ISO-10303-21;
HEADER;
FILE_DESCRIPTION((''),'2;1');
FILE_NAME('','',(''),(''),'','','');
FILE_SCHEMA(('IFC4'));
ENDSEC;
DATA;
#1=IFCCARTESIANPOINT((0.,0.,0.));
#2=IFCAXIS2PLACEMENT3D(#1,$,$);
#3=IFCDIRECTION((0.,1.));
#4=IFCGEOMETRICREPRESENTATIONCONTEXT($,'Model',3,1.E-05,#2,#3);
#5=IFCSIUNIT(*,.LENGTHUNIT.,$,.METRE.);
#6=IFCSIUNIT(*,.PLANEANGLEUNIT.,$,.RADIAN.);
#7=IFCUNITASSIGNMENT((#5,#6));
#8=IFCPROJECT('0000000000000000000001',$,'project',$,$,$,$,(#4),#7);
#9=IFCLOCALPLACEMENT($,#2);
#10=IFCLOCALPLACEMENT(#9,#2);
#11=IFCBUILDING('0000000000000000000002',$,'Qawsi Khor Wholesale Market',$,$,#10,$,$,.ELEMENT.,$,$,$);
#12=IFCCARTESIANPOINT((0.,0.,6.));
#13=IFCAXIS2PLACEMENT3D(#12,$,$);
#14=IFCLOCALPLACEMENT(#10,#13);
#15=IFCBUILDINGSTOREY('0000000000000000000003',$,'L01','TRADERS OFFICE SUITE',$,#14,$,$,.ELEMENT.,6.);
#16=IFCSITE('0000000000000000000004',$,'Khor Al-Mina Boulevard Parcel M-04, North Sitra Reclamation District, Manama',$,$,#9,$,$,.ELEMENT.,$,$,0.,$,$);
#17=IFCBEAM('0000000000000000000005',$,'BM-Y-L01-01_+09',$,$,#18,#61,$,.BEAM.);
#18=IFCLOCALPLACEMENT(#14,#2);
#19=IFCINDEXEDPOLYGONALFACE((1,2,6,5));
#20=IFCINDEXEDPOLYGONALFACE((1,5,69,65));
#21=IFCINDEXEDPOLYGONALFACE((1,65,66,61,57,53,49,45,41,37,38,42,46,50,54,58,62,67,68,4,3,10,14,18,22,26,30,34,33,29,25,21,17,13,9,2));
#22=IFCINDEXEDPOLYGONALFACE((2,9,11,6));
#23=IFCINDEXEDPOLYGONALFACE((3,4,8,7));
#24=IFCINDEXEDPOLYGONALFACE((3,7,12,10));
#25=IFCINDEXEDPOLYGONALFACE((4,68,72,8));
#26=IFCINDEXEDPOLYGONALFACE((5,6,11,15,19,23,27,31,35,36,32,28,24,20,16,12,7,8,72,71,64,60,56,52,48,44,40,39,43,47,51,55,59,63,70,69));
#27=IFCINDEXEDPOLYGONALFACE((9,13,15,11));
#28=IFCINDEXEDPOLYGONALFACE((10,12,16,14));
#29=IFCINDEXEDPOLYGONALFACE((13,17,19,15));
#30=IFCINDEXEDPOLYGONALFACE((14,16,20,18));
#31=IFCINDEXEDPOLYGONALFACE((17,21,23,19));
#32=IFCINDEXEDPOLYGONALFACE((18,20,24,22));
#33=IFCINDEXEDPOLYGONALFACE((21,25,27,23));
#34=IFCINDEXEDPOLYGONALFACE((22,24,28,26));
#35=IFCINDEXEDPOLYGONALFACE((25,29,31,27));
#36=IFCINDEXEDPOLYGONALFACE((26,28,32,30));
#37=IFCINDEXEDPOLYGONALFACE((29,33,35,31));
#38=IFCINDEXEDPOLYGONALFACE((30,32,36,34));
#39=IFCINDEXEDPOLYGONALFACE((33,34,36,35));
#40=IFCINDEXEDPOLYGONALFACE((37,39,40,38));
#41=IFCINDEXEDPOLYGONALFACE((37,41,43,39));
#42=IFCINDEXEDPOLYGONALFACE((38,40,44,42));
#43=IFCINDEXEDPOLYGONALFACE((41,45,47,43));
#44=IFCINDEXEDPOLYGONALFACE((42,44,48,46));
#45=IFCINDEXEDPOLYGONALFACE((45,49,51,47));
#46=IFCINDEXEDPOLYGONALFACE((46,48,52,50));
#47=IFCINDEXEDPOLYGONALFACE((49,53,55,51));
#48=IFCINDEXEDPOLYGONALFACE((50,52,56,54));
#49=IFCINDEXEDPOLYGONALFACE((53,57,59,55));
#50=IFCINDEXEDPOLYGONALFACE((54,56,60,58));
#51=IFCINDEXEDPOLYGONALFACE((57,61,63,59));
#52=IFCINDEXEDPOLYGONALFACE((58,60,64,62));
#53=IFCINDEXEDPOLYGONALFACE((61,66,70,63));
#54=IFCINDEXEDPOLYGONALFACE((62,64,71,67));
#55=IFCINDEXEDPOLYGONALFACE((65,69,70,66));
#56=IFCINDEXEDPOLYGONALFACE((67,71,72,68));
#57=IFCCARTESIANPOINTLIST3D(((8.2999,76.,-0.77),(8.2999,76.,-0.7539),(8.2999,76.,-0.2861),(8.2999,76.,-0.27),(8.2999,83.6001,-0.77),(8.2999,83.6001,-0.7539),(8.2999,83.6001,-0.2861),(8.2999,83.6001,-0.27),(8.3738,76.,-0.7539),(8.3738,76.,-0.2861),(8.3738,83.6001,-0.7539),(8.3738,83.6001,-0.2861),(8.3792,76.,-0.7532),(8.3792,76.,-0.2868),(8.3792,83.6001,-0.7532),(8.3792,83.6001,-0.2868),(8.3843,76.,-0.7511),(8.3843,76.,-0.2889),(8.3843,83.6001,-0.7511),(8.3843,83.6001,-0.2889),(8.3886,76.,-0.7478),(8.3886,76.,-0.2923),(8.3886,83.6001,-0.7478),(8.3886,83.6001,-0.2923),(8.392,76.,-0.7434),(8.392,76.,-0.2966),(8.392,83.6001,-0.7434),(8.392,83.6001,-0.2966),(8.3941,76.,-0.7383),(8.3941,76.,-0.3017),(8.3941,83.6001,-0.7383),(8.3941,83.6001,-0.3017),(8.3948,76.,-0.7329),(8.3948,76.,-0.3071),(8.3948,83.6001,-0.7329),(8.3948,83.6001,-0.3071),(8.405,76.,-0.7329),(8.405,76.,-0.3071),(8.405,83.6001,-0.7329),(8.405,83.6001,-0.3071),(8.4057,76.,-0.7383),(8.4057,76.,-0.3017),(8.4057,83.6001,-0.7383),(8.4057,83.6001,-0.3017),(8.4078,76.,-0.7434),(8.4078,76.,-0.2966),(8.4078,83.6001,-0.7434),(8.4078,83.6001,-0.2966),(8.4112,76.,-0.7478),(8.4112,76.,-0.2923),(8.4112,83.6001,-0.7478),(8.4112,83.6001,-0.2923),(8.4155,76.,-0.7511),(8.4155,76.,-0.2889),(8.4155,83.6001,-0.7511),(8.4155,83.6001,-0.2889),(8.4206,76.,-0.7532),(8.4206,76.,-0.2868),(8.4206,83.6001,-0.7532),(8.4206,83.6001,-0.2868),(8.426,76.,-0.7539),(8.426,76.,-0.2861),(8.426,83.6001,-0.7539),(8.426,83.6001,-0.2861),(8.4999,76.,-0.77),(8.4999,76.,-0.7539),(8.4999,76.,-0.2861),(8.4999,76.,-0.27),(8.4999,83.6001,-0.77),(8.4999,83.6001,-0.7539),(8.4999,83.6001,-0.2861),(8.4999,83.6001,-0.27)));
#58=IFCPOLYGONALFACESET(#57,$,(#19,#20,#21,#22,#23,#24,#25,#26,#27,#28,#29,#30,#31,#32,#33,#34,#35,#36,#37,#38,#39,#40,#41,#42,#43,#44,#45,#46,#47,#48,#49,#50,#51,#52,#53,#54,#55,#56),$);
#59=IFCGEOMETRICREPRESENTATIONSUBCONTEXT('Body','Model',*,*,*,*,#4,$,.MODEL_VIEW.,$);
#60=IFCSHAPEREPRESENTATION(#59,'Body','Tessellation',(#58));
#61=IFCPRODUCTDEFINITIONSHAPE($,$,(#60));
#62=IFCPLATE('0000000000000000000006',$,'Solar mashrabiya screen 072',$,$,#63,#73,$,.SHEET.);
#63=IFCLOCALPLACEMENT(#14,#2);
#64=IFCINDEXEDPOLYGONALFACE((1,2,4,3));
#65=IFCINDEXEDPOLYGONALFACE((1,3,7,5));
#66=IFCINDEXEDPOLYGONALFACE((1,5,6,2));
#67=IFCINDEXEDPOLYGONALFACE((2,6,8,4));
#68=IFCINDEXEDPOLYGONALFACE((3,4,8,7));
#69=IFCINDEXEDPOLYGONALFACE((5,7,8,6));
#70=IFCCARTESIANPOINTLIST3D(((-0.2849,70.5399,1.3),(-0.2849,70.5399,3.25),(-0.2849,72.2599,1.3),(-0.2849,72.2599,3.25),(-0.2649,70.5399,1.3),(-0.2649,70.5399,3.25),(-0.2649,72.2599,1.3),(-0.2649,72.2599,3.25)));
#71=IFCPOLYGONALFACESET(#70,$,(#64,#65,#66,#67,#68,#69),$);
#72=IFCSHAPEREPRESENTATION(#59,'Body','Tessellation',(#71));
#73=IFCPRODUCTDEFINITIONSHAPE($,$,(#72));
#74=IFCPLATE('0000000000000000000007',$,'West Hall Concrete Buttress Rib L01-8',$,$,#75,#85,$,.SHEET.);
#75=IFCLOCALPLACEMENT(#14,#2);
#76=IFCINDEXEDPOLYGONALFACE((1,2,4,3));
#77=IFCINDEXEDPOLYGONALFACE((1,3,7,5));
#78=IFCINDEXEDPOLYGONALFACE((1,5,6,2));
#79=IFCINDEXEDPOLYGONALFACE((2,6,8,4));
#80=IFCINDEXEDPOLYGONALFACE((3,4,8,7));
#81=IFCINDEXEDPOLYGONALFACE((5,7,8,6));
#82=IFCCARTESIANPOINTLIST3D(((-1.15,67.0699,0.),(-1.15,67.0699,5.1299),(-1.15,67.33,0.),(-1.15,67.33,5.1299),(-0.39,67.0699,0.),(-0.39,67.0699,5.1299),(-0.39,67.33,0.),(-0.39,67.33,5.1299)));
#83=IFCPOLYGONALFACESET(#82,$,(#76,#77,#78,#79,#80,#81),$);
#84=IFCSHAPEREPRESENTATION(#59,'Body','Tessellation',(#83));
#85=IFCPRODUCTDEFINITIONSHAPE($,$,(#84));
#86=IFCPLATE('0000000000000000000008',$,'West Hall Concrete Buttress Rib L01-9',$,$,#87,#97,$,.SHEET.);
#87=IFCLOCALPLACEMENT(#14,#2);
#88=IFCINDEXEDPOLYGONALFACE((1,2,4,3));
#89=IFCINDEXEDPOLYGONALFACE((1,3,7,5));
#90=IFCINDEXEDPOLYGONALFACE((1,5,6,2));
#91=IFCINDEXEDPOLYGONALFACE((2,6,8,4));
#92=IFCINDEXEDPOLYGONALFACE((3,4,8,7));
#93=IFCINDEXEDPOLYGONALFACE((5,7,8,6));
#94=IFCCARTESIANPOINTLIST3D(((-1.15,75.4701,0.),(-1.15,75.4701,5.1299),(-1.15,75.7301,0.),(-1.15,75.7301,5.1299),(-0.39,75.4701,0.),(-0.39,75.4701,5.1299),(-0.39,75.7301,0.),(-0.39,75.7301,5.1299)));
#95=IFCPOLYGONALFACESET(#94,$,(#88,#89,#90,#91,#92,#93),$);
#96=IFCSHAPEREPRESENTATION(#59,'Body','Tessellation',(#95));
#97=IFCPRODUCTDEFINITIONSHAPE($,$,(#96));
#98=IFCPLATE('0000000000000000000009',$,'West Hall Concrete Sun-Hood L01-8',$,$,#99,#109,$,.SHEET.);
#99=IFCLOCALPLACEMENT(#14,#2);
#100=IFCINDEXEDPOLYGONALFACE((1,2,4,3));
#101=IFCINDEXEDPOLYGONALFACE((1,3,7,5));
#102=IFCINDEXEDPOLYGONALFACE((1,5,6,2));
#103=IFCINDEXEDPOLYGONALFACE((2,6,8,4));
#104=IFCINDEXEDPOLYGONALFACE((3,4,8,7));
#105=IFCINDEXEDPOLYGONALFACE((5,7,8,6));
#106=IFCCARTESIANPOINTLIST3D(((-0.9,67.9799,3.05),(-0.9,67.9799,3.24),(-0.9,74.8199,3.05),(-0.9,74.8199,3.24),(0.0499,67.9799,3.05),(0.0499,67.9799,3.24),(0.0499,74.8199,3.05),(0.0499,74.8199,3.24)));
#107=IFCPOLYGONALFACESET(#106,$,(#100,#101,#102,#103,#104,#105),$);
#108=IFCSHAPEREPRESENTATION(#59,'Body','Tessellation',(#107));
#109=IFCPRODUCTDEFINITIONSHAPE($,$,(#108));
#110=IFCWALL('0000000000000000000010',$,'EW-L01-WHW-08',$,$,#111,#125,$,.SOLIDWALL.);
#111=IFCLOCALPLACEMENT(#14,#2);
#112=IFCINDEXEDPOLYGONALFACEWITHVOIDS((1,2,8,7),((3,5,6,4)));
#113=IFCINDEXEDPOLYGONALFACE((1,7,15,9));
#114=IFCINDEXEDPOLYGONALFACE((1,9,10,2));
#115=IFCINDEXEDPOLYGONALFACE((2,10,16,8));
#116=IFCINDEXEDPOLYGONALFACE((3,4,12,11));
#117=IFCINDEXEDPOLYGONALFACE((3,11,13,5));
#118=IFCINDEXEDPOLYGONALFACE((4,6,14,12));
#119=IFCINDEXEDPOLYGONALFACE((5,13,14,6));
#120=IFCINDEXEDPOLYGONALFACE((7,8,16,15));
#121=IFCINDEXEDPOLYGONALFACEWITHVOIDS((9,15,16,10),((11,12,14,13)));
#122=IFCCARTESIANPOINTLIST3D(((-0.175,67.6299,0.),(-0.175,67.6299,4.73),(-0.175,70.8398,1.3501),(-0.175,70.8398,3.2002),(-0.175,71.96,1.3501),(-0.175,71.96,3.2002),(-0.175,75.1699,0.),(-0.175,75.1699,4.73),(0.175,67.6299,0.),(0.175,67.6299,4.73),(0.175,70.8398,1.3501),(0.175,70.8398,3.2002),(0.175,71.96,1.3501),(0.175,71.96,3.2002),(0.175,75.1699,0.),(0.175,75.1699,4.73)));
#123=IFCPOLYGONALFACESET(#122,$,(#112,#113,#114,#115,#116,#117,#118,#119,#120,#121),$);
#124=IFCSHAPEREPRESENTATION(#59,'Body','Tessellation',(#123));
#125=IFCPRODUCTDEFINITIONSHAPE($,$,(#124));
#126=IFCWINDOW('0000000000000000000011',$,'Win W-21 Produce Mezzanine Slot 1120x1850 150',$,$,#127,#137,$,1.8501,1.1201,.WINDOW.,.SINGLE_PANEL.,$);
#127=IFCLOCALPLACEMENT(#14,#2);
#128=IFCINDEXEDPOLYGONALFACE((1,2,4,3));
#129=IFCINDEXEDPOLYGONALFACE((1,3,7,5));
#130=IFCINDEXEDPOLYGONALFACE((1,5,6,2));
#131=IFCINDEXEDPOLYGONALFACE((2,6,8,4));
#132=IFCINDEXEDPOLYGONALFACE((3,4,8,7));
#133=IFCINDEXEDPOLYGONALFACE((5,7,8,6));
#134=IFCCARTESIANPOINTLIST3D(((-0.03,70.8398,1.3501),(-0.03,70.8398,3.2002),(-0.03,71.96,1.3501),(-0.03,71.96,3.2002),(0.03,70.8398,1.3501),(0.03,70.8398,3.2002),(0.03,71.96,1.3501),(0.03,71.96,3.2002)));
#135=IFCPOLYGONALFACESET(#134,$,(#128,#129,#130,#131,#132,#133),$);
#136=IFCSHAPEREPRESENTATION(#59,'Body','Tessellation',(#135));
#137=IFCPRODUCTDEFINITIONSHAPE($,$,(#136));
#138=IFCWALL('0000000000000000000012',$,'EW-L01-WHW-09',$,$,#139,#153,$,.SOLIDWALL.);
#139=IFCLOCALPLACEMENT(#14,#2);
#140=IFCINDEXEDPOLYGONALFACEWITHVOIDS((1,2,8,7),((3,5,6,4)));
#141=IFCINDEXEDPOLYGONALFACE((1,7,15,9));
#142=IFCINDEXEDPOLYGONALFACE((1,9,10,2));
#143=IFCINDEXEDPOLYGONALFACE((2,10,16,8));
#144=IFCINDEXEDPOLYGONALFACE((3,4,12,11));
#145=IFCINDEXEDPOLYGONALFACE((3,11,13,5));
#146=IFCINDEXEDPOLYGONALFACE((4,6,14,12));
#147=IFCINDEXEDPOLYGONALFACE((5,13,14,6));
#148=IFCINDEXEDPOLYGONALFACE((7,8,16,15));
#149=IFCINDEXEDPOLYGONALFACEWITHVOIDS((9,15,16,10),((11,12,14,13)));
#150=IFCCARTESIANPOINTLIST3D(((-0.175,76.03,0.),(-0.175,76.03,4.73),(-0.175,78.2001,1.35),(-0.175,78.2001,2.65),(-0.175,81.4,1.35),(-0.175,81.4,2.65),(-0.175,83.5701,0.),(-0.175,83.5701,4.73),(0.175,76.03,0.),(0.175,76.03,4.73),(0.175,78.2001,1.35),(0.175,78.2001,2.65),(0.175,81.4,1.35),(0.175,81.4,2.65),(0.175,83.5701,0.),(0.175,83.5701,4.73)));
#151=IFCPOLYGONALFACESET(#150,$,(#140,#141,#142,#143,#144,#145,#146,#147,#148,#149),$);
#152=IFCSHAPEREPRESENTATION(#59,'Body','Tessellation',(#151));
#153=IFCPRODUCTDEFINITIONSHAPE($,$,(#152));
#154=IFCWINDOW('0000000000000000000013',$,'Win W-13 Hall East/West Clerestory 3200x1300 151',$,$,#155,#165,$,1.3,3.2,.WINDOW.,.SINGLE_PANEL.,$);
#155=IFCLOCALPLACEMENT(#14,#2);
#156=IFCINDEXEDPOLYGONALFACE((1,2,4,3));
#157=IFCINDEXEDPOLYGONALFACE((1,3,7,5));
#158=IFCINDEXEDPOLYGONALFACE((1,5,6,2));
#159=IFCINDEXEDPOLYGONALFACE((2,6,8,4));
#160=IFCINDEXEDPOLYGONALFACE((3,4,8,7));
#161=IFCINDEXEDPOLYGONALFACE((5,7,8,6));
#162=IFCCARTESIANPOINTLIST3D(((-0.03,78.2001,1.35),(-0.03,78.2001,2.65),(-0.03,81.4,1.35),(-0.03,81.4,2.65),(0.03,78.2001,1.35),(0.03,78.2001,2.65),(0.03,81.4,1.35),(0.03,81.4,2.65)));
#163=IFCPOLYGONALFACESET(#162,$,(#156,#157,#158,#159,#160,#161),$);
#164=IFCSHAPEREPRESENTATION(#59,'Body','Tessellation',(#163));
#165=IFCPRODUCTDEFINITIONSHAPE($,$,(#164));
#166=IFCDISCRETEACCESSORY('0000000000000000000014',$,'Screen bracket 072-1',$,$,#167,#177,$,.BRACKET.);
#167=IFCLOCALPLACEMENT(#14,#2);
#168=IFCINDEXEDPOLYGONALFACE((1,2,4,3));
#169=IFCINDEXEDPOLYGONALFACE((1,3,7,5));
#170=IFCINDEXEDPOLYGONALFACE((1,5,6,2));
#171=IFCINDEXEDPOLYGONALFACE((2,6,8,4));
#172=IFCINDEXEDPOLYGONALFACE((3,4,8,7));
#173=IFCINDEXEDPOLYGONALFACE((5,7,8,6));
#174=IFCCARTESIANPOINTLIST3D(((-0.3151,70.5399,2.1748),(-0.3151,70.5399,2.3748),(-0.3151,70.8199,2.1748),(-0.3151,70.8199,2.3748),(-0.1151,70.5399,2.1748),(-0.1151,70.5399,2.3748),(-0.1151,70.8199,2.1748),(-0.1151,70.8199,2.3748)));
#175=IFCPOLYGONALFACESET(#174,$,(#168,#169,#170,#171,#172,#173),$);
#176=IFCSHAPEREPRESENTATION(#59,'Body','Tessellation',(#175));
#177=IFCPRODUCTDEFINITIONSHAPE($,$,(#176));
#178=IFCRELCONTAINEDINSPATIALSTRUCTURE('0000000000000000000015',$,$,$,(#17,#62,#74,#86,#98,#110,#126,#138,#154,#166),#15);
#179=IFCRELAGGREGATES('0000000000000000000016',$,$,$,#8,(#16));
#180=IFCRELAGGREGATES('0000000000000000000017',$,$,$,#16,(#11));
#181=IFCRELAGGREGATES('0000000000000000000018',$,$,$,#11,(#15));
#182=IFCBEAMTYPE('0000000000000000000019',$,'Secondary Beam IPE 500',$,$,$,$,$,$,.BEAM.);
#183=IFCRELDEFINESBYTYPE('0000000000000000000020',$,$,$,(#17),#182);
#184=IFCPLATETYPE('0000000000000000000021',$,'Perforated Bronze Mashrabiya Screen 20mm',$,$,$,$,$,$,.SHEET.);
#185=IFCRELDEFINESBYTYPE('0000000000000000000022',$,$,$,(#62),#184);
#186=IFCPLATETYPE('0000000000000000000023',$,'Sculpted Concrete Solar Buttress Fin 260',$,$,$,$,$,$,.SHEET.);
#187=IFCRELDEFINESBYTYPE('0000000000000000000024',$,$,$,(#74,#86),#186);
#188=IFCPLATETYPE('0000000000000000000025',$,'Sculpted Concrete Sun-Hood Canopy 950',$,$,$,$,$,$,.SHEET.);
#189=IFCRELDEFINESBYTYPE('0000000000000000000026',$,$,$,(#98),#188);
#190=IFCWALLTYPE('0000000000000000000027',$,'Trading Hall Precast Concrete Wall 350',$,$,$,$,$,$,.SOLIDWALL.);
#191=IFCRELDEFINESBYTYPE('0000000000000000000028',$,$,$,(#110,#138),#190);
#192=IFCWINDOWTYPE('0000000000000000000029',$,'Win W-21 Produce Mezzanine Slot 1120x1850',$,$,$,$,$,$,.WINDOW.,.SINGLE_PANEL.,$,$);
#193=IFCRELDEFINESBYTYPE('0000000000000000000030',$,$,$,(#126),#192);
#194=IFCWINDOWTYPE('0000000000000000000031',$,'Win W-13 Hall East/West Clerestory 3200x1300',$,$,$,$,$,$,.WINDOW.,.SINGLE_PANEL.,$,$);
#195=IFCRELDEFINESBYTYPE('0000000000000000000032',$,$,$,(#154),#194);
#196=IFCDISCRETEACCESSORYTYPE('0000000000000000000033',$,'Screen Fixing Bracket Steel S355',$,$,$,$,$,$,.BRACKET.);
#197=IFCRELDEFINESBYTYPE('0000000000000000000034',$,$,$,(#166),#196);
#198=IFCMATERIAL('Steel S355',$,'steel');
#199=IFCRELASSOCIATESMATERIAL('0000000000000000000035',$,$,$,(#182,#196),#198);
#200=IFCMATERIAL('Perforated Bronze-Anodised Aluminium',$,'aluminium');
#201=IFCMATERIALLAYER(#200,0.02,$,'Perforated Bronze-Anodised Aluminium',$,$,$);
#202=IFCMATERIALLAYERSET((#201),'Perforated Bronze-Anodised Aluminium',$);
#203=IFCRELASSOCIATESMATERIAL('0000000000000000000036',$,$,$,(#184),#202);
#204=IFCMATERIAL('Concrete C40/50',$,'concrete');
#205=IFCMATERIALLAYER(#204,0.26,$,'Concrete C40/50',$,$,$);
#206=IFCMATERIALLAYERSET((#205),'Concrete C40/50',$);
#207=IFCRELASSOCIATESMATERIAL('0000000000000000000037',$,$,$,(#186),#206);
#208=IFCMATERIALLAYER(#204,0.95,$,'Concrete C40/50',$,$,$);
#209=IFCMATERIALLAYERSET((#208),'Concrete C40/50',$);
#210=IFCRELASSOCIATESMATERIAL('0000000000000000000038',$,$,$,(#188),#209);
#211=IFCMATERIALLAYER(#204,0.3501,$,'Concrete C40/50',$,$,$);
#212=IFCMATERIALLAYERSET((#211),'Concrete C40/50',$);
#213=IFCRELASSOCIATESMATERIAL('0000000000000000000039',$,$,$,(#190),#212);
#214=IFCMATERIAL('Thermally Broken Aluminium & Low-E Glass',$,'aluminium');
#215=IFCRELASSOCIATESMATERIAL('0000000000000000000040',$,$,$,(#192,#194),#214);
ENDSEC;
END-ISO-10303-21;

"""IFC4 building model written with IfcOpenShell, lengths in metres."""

from ifc_helpers import new_model, si_unit, direction, frame, frame_2d, origin, origin_2d, place, context, subcontext, project, spatial, rectangle, i_section, extrude, material, layer, layer_set, material_profile, profile_set, type_object, element, fill, save


model = new_model("IFC4")

# Units and contexts
model_context = context("Model", 3, precision=1e-05, world=origin(), true_north=direction((0.0, 1.0)))
body_context = subcontext(model_context, "Body", "Model", "MODEL_VIEW")
ifc_project = project(units=[si_unit("LENGTHUNIT", "METRE"), si_unit("PLANEANGLEUNIT", "RADIAN")], contexts=[model_context])

# Site, building, storey
site_placement = place(None, origin())
site = spatial("IfcSite", under=ifc_project, at=site_placement, Name="Khor Al-Mina Boulevard Parcel M-04, North Sitra Reclamation District, Manama", CompositionType="ELEMENT", RefElevation=0.0)
building_placement = place(site_placement, origin())
building = spatial("IfcBuilding", under=site, at=building_placement, Name="Qawsi Khor Wholesale Market", CompositionType="ELEMENT")
storey_placement = place(building_placement, frame((0.0, 0.0, 6.0)))
storey = spatial("IfcBuildingStorey", under=building, at=storey_placement, Name="L01", Description="TRADERS OFFICE SUITE", CompositionType="ELEMENT", Elevation=6.0)

# Shared definitions
ifc_material_1 = material(Name="Concrete C40/50", Category="concrete")

# Beam
ifc_material_2 = material(Name="Steel S355", Category="steel")
ifc_material_profile_1 = material_profile(ifc_material_2, i_section(OverallWidth=0.2, OverallDepth=0.5, WebThickness=0.0103, FlangeThickness=0.0161, FilletRadius=0.021, at=origin_2d()), Name="IPE 500")
ifc_profile_set_1 = profile_set([ifc_material_profile_1], Name="Steel S355")
beam_type_1 = type_object("IfcBeamType", Name="Secondary Beam IPE 500", PredefinedType="BEAM", material=ifc_profile_set_1)
beam_1_placement = place(storey_placement, frame((8.3999, 76.0, -0.52), z_axis=(0.0, 1.0, 0.0), x_axis=(-1.0, 0.0, 0.0)))
element("IfcBeam", 1, at=beam_1_placement, inside=storey, type_object=beam_type_1, Name="BM-Y-L01-01_+09", PredefinedType="BEAM", context=body_context, shape_type="SweptSolid", body=[
    extrude(i_section(OverallWidth=0.2, OverallDepth=0.5, WebThickness=0.0103, FlangeThickness=0.0161, FilletRadius=0.021, at=origin_2d()), origin(), (0.0, 0.0, 1.0), 7.6001),
])

# Plates
ifc_material_3 = material(Name="Perforated Bronze-Anodised Aluminium", Category="aluminium")
ifc_layer_1 = layer(ifc_material_3, 0.02, Name="Perforated Bronze-Anodised Aluminium")
ifc_layer_set_1 = layer_set([ifc_layer_1], Name="Perforated Bronze-Anodised Aluminium")
plate_type_1 = type_object("IfcPlateType", Name="Perforated Bronze Mashrabiya Screen 20mm", PredefinedType="SHEET", material=ifc_layer_set_1)
plate_1_placement = place(storey_placement, frame((-0.2749, 70.54, 1.3), z_axis=(0.0, 0.0, 1.0), x_axis=(0.0, 1.0, 0.0)))
element("IfcPlate", 2, at=plate_1_placement, inside=storey, type_object=plate_type_1, Name="Solar mashrabiya screen 072", PredefinedType="SHEET", context=body_context, shape_type="SweptSolid", body=[
    extrude(rectangle(XDim=1.72, YDim=0.02, at=frame_2d((0.8599, 0.0))), origin(), (0.0, 0.0, 1.0), 1.95),
])
ifc_layer_2 = layer(ifc_material_1, 0.26, Name="Concrete C40/50")
ifc_layer_set_2 = layer_set([ifc_layer_2], Name="Concrete C40/50")
plate_type_2 = type_object("IfcPlateType", Name="Sculpted Concrete Solar Buttress Fin 260", PredefinedType="SHEET", material=ifc_layer_set_2)
for number, where, z_axis, x_axis, name in (
    (3, (-1.1499, 67.2, 0.0), (0.0, 0.0, 1.0), (1.0, 0.0, 0.0), "West Hall Concrete Buttress Rib L01-8"),
    (4, (-1.1499, 75.6001, 0.0), (0.0, 0.0, 1.0), (1.0, 0.0, 0.0), "West Hall Concrete Buttress Rib L01-9"),
):
    element("IfcPlate", number, at=place(storey_placement, frame(where, z_axis=z_axis, x_axis=x_axis)), inside=storey, type_object=plate_type_2, Name=name, PredefinedType="SHEET", context=body_context, shape_type="SweptSolid", body=[
        extrude(rectangle(XDim=0.76, YDim=0.26, at=frame_2d((0.3799, 0.0))), origin(), (0.0, 0.0, 1.0), 5.1299),
    ])
ifc_layer_3 = layer(ifc_material_1, 0.95, Name="Concrete C40/50")
ifc_layer_set_3 = layer_set([ifc_layer_3], Name="Concrete C40/50")
plate_type_3 = type_object("IfcPlateType", Name="Sculpted Concrete Sun-Hood Canopy 950", PredefinedType="SHEET", material=ifc_layer_set_3)
plate_2_placement = place(storey_placement, frame((-0.425, 67.98, 3.05), z_axis=(0.0, 0.0, 1.0), x_axis=(0.0, 1.0, 0.0)))
element("IfcPlate", 5, at=plate_2_placement, inside=storey, type_object=plate_type_3, Name="West Hall Concrete Sun-Hood L01-8", PredefinedType="SHEET", context=body_context, shape_type="SweptSolid", body=[
    extrude(rectangle(XDim=6.8401, YDim=0.95, at=frame_2d((3.4199, 0.0))), origin(), (0.0, 0.0, 1.0), 0.1899),
])

# Walls, openings, windows
ifc_layer_4 = layer(ifc_material_1, 0.3501, Name="Concrete C40/50")
ifc_layer_set_4 = layer_set([ifc_layer_4], Name="Concrete C40/50")
wall_type = type_object("IfcWallType", Name="Trading Hall Precast Concrete Wall 350", PredefinedType="SOLIDWALL", material=ifc_layer_set_4)
wall_1_placement = place(storey_placement, frame((0.0, 67.6299, 0.0), z_axis=(0.0, 0.0, 1.0), x_axis=(0.0, 1.0, 0.0)))
wall_1 = element("IfcWall", 6, at=wall_1_placement, inside=storey, type_object=wall_type, Name="EW-L01-WHW-08", PredefinedType="SOLIDWALL", context=body_context, shape_type="SweptSolid", body=[
    extrude(rectangle(XDim=7.54, YDim=0.3501, at=frame_2d((3.77, 0.0))), origin(), (0.0, 0.0, 1.0), 4.73),
])
opening_1_placement = place(wall_1_placement, frame((3.21, 0.0, 1.3501)))
opening_1 = element("IfcOpeningElement", 7, at=opening_1_placement, cuts=wall_1, PredefinedType="OPENING", context=body_context, shape_type="SweptSolid", body=[
    extrude(rectangle(XDim=1.1201, YDim=1.8501, at=frame_2d((0.5601, 0.925))), frame((0.0, 0.1851, 0.0), z_axis=(0.0, -1.0, 0.0), x_axis=(1.0, 0.0, 0.0)), (0.0, 0.0, 1.0), 0.3701),
])
ifc_material_4 = material(Name="Thermally Broken Aluminium & Low-E Glass", Category="aluminium")
window_type_1 = type_object("IfcWindowType", Name="Win W-21 Produce Mezzanine Slot 1120x1850", PartitioningType="SINGLE_PANEL", PredefinedType="WINDOW", material=ifc_material_4)
window_1_placement = place(opening_1_placement, origin())
window_1 = element("IfcWindow", 8, at=window_1_placement, inside=storey, type_object=window_type_1, Name="Win W-21 Produce Mezzanine Slot 1120x1850 150", OverallHeight=1.8501, OverallWidth=1.1201, PartitioningType="SINGLE_PANEL", PredefinedType="WINDOW", context=body_context, shape_type="SweptSolid", body=[
    extrude(rectangle(XDim=1.1201, YDim=1.8501, at=frame_2d((0.5601, 0.925))), frame((0.0, 0.03, 0.0), z_axis=(0.0, -1.0, 0.0), x_axis=(1.0, 0.0, 0.0)), (0.0, 0.0, 1.0), 0.0601),
])
fill(opening_1, window_1)
wall_2_placement = place(storey_placement, frame((0.0, 76.03, 0.0), z_axis=(0.0, 0.0, 1.0), x_axis=(0.0, 1.0, 0.0)))
wall_2 = element("IfcWall", 9, at=wall_2_placement, inside=storey, type_object=wall_type, Name="EW-L01-WHW-09", PredefinedType="SOLIDWALL", context=body_context, shape_type="SweptSolid", body=[
    extrude(rectangle(XDim=7.54, YDim=0.3501, at=frame_2d((3.77, 0.0))), origin(), (0.0, 0.0, 1.0), 4.73),
])
opening_2_placement = place(wall_2_placement, frame((2.1699, 0.0, 1.3501)))
opening_2 = element("IfcOpeningElement", 10, at=opening_2_placement, cuts=wall_2, PredefinedType="OPENING", context=body_context, shape_type="SweptSolid", body=[
    extrude(rectangle(XDim=3.2, YDim=1.3, at=frame_2d((1.6001, 0.6499))), frame((0.0, 0.1851, 0.0), z_axis=(0.0, -1.0, 0.0), x_axis=(1.0, 0.0, 0.0)), (0.0, 0.0, 1.0), 0.3701),
])
window_type_2 = type_object("IfcWindowType", Name="Win W-13 Hall East/West Clerestory 3200x1300", PartitioningType="SINGLE_PANEL", PredefinedType="WINDOW", material=ifc_material_4)
window_2_placement = place(opening_2_placement, origin())
window_2 = element("IfcWindow", 11, at=window_2_placement, inside=storey, type_object=window_type_2, Name="Win W-13 Hall East/West Clerestory 3200x1300 151", OverallHeight=1.3, OverallWidth=3.2, PartitioningType="SINGLE_PANEL", PredefinedType="WINDOW", context=body_context, shape_type="SweptSolid", body=[
    extrude(rectangle(XDim=3.2, YDim=1.3, at=frame_2d((1.6001, 0.6499))), frame((0.0, 0.03, 0.0), z_axis=(0.0, -1.0, 0.0), x_axis=(1.0, 0.0, 0.0)), (0.0, 0.0, 1.0), 0.0601),
])
fill(opening_2, window_2)

# Discrete accessory
discrete_accessory_type = type_object("IfcDiscreteAccessoryType", Name="Screen Fixing Bracket Steel S355", PredefinedType="BRACKET", material=ifc_material_2)
for number, where, z_axis, x_axis, name in (
    (12, (-0.2151, 70.6799, 2.1748), (0.0, 0.0, 1.0), (1.0, 0.0, 0.0), "Screen bracket 072-1"),
):
    element("IfcDiscreteAccessory", number, at=place(storey_placement, frame(where, z_axis=z_axis, x_axis=x_axis)), inside=storey, type_object=discrete_accessory_type, Name=name, PredefinedType="BRACKET", context=body_context, shape_type="SweptSolid", body=[
        extrude(rectangle(XDim=0.2, YDim=0.28, at=origin_2d()), origin(), (0.0, 0.0, 1.0), 0.2),
    ])

save(model, "model.ifc")
